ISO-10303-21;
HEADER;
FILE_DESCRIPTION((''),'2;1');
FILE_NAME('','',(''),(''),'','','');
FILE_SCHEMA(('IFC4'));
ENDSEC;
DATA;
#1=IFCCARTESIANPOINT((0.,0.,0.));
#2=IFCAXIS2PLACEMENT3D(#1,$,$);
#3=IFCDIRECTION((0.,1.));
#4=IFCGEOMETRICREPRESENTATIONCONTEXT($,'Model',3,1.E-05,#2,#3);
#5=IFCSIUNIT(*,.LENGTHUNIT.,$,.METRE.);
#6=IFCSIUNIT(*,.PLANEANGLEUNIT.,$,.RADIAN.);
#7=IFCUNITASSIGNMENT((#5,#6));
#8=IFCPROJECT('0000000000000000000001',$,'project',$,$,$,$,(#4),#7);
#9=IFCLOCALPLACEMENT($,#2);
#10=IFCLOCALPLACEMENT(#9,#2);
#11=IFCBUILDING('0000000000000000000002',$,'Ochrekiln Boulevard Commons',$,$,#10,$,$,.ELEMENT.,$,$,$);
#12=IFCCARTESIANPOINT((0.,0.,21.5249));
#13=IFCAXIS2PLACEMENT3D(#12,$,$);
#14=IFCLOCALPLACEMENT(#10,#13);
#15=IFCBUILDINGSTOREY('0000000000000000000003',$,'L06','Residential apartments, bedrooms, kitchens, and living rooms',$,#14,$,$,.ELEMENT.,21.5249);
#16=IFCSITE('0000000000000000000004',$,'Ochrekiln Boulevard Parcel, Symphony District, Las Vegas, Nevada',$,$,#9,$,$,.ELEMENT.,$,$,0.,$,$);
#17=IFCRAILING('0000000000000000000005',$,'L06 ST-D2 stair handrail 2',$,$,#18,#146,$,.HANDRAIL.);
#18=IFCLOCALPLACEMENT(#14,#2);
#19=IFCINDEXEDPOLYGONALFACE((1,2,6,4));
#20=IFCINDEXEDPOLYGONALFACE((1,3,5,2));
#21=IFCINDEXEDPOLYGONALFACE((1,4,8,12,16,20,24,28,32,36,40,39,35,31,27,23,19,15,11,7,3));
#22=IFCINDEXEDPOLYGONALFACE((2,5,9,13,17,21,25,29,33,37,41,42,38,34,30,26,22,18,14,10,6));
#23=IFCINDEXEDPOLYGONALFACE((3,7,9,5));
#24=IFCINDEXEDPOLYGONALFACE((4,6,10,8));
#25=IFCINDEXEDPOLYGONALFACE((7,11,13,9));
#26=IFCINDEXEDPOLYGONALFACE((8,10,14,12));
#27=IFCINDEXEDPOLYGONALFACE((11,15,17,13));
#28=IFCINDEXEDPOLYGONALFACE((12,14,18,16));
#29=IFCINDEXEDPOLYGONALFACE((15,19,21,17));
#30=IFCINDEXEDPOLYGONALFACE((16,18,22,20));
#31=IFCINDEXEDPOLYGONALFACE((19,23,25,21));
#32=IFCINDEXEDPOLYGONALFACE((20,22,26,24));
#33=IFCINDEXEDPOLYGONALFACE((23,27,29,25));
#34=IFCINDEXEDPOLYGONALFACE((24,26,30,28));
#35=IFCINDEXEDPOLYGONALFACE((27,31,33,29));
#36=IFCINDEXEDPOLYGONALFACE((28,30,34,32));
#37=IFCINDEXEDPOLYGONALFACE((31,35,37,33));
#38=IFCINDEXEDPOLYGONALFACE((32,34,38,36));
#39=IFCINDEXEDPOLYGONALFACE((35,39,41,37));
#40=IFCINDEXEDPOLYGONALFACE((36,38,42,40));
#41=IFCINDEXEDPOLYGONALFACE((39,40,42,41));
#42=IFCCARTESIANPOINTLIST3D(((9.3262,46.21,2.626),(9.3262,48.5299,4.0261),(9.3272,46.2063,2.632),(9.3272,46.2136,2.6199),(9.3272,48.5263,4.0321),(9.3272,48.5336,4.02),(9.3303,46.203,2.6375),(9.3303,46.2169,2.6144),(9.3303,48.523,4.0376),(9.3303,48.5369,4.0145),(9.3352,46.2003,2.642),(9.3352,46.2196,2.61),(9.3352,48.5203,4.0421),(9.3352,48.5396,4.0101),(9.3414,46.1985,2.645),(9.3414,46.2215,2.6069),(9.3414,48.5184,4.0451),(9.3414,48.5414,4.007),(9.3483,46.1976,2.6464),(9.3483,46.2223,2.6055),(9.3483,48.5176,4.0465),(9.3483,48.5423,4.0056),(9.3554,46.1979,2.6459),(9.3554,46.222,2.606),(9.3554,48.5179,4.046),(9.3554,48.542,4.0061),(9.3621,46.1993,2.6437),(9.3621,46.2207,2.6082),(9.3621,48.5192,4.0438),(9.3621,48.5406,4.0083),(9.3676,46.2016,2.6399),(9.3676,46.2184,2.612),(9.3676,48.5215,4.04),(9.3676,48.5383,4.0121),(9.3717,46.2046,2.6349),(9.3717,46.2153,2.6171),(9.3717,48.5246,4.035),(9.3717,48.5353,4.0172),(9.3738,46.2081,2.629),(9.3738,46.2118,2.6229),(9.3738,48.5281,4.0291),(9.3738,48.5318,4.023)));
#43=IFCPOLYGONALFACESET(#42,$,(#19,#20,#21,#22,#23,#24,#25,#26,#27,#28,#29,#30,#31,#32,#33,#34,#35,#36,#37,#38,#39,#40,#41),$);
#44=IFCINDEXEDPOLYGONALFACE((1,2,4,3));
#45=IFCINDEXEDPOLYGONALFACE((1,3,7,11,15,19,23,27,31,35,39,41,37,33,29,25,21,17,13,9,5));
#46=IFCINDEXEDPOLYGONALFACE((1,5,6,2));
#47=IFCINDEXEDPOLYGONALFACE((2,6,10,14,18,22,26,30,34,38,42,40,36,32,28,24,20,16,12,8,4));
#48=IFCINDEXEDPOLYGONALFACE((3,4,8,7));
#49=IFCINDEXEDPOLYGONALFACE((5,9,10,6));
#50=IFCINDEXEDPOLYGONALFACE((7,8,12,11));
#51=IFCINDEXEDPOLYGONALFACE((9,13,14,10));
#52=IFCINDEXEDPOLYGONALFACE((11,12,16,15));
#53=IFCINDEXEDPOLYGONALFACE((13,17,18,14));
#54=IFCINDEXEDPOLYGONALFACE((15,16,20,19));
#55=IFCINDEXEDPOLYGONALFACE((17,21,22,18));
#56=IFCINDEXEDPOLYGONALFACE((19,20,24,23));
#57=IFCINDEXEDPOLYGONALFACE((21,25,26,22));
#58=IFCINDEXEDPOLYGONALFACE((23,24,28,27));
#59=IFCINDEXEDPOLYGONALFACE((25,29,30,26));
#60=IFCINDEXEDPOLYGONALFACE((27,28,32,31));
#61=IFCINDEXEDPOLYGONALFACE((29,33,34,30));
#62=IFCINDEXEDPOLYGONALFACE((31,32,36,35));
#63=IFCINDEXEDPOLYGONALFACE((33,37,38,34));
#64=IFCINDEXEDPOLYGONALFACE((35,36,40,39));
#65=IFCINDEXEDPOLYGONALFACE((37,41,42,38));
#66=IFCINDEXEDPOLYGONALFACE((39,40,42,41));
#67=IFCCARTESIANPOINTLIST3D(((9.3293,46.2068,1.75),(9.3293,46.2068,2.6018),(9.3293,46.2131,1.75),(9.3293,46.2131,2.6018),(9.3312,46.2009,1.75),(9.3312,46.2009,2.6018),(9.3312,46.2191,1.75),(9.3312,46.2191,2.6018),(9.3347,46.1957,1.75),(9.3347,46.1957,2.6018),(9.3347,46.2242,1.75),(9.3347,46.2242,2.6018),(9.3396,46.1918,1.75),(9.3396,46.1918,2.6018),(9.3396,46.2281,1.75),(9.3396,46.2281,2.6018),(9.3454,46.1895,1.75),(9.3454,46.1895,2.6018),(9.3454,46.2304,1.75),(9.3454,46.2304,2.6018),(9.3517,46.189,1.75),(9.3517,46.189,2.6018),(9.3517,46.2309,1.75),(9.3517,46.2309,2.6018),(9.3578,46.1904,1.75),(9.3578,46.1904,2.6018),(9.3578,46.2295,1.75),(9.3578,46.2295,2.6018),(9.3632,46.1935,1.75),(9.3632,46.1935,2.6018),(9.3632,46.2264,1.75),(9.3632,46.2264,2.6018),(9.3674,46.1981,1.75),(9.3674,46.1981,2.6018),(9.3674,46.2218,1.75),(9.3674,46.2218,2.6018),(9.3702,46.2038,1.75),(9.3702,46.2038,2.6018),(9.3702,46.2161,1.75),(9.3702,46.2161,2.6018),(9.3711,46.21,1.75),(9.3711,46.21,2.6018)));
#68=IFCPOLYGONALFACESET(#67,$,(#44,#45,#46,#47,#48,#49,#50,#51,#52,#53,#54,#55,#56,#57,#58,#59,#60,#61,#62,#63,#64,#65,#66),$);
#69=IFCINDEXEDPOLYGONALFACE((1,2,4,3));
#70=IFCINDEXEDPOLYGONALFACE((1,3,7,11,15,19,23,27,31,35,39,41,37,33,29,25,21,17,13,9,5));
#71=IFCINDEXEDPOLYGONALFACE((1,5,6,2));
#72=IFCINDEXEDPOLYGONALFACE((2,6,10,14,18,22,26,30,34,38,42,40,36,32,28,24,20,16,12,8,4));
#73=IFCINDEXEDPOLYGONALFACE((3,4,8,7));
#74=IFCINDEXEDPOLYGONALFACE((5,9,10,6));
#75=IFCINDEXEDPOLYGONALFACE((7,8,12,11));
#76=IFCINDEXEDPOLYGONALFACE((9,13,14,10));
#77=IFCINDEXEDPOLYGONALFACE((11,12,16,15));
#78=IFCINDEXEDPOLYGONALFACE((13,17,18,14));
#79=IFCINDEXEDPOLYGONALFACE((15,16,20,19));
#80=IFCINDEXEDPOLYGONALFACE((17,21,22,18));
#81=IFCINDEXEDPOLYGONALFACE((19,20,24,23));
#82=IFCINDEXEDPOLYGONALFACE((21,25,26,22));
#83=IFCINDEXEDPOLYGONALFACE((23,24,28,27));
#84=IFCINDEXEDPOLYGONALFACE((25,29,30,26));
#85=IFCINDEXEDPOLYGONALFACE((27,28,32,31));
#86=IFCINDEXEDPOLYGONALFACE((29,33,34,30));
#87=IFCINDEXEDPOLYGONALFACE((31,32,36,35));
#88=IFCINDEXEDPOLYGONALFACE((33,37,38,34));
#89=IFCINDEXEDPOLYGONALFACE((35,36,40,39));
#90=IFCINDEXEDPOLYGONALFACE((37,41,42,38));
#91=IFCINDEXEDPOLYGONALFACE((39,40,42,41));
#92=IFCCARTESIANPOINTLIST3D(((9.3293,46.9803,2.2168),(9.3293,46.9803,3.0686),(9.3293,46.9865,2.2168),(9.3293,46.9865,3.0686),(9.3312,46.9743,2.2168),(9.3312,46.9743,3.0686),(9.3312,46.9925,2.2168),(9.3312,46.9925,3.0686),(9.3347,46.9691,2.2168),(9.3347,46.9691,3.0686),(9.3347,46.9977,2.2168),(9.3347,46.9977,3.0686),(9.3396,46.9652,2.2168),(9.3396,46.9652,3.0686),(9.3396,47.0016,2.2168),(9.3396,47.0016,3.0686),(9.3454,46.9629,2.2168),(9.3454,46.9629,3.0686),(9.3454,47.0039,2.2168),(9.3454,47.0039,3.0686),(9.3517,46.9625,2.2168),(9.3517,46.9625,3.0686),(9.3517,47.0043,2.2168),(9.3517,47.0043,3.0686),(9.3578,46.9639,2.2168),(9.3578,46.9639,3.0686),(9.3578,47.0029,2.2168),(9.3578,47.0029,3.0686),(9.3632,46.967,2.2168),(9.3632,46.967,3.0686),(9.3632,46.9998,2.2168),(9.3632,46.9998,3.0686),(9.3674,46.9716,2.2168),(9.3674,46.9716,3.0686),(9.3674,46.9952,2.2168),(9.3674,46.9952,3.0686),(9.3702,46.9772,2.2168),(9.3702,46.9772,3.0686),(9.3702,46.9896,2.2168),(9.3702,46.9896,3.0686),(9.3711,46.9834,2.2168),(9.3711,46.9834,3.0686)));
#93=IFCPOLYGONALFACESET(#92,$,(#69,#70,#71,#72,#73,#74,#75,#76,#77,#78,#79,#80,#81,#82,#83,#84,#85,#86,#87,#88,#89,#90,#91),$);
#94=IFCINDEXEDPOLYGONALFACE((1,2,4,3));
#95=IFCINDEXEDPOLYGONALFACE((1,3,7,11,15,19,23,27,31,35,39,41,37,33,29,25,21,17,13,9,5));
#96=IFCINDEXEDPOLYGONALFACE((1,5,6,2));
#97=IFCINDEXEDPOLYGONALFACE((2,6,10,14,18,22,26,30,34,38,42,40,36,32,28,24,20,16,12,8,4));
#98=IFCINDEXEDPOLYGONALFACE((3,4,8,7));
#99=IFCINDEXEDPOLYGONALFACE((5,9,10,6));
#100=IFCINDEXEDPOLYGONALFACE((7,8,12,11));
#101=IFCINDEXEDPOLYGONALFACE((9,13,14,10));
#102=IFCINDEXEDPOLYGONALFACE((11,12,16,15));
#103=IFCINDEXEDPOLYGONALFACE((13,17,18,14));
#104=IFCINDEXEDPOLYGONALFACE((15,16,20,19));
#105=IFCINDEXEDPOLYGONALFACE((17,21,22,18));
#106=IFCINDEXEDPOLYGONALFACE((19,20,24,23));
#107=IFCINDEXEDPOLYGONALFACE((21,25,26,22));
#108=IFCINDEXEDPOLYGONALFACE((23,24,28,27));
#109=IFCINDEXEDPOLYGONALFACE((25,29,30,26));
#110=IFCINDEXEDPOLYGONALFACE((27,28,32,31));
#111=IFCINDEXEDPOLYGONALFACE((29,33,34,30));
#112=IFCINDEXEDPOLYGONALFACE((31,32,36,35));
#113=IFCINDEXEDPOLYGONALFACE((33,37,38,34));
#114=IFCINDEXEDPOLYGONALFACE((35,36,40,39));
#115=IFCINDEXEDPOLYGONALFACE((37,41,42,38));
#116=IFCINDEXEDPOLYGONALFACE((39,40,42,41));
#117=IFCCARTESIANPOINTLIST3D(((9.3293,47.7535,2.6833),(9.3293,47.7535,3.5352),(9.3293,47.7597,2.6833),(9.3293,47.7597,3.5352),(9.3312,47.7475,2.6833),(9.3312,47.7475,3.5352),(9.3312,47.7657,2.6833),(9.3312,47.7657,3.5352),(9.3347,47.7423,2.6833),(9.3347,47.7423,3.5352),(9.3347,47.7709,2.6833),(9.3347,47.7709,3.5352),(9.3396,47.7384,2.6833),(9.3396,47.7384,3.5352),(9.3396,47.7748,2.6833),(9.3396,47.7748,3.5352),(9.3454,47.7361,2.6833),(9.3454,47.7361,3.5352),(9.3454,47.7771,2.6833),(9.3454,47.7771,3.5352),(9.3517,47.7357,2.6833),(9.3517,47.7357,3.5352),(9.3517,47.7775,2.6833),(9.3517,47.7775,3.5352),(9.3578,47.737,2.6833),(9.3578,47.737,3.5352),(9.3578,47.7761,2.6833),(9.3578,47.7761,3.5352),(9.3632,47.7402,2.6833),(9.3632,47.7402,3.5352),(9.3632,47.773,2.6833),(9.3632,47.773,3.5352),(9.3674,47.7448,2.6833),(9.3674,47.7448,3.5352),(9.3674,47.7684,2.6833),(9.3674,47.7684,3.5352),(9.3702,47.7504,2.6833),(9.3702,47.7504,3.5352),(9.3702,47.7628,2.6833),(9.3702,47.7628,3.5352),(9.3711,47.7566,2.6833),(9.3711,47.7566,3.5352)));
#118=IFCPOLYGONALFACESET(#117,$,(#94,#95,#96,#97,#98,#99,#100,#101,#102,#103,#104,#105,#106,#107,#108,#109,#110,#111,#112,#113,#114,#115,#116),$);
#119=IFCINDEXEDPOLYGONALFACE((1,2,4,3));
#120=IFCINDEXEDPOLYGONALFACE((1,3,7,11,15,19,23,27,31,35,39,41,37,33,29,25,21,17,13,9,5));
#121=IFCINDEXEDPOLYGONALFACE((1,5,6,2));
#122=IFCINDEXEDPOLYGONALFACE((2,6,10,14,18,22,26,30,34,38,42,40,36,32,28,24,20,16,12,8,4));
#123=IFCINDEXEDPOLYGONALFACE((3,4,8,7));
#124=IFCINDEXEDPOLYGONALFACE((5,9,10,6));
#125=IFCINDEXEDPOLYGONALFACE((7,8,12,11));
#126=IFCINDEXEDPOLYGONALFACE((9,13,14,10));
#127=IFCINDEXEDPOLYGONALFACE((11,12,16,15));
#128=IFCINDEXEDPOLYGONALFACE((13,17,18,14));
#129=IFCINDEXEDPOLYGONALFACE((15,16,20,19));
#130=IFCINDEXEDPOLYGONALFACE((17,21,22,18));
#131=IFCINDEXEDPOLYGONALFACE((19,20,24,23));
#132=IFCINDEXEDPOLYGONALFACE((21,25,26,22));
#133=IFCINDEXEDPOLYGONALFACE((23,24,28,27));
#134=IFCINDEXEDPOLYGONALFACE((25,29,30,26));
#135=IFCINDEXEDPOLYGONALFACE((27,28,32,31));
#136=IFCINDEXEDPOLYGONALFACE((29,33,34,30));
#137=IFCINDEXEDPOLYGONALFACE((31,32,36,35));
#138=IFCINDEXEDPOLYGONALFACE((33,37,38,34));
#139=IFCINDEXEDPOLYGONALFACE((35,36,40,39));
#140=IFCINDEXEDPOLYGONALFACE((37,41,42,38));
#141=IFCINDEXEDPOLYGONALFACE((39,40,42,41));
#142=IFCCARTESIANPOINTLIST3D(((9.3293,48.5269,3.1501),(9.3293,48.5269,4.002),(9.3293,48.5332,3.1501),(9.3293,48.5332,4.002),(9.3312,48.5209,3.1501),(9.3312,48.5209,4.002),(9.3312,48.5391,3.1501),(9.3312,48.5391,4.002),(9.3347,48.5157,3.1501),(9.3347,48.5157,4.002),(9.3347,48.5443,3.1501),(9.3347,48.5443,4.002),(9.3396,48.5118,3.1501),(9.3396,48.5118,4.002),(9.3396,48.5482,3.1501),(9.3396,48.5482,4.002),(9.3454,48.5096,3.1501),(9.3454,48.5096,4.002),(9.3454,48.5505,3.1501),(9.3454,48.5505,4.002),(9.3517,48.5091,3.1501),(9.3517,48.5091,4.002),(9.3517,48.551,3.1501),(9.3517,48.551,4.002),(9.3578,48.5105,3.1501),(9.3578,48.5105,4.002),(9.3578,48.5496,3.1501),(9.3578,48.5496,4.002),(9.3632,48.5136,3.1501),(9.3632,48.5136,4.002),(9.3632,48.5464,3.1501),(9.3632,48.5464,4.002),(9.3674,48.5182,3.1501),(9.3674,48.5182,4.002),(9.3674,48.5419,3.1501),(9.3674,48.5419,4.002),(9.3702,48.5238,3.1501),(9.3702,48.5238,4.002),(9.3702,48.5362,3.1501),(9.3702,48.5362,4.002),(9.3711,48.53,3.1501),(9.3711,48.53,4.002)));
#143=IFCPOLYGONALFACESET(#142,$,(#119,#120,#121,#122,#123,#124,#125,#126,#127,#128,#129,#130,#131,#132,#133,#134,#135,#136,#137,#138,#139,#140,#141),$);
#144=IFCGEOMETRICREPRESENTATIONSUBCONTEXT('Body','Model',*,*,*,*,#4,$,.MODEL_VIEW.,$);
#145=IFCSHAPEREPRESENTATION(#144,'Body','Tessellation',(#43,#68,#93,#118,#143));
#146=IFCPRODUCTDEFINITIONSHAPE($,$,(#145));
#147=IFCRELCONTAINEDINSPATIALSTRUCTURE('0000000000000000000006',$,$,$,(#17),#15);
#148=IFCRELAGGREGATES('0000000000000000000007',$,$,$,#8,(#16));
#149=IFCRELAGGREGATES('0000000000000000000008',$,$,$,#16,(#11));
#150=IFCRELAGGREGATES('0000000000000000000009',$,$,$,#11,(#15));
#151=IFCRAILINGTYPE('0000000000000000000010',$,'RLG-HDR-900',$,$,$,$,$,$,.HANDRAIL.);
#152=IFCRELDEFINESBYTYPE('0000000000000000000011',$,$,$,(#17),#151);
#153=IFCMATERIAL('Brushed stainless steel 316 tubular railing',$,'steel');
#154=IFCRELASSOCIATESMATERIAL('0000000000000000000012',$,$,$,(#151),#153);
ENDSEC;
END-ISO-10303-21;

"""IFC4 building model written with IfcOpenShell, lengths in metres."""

from ifc_helpers import new_model, si_unit, direction, frame, origin, origin_2d, place, context, subcontext, project, spatial, circle, extrude, material, type_object, element, save


model = new_model("IFC4")

# Units and contexts
model_context = context("Model", 3, precision=1e-05, world=origin(), true_north=direction((0.0, 1.0)))
body_context = subcontext(model_context, "Body", "Model", "MODEL_VIEW")
ifc_project = project(units=[si_unit("LENGTHUNIT", "METRE"), si_unit("PLANEANGLEUNIT", "RADIAN")], contexts=[model_context])

# Site, building, storey
site_placement = place(None, origin())
site = spatial("IfcSite", under=ifc_project, at=site_placement, Name="Ochrekiln Boulevard Parcel, Symphony District, Las Vegas, Nevada", CompositionType="ELEMENT", RefElevation=0.0)
building_placement = place(site_placement, origin())
building = spatial("IfcBuilding", under=site, at=building_placement, Name="Ochrekiln Boulevard Commons", CompositionType="ELEMENT")
storey_placement = place(building_placement, frame((0.0, 0.0, 21.5249)))
storey = spatial("IfcBuildingStorey", under=building, at=storey_placement, Name="L06", Description="Residential apartments, bedrooms, kitchens, and living rooms", CompositionType="ELEMENT", Elevation=21.5249)

# Railing
ifc_material_1 = material(Name="Brushed stainless steel 316 tubular railing", Category="steel")
railing_type_1 = type_object("IfcRailingType", Name="RLG-HDR-900", PredefinedType="HANDRAIL", material=ifc_material_1)
railing_1_placement = place(storey_placement, frame((9.3501, 46.21, 1.75)))
element("IfcRailing", 1, at=railing_1_placement, inside=storey, type_object=railing_type_1, Name="L06 ST-D2 stair handrail 2", PredefinedType="HANDRAIL", context=body_context, shape_type="SweptSolid", body=[
    extrude(circle(Radius=0.0239, at=origin_2d()), frame((0.0, 0.0, 0.876), z_axis=(0.0, 0.85617, 0.516693), x_axis=(-1.0, 0.0, 0.0)), (0.0, 0.0, 1.0), 2.7097),
    extrude(circle(Radius=0.021, at=origin_2d()), origin(), (0.0, 0.0, 1.0), 0.8518),
    extrude(circle(Radius=0.021, at=origin_2d()), frame((0.0, 0.7734, 0.4668)), (0.0, 0.0, 1.0), 0.8518),
    extrude(circle(Radius=0.021, at=origin_2d()), frame((0.0, 1.5466, 0.9333)), (0.0, 0.0, 1.0), 0.8518),
    extrude(circle(Radius=0.021, at=origin_2d()), frame((0.0, 2.3201, 1.4001)), (0.0, 0.0, 1.0), 0.8518),
])

save(model, "model.ifc")
